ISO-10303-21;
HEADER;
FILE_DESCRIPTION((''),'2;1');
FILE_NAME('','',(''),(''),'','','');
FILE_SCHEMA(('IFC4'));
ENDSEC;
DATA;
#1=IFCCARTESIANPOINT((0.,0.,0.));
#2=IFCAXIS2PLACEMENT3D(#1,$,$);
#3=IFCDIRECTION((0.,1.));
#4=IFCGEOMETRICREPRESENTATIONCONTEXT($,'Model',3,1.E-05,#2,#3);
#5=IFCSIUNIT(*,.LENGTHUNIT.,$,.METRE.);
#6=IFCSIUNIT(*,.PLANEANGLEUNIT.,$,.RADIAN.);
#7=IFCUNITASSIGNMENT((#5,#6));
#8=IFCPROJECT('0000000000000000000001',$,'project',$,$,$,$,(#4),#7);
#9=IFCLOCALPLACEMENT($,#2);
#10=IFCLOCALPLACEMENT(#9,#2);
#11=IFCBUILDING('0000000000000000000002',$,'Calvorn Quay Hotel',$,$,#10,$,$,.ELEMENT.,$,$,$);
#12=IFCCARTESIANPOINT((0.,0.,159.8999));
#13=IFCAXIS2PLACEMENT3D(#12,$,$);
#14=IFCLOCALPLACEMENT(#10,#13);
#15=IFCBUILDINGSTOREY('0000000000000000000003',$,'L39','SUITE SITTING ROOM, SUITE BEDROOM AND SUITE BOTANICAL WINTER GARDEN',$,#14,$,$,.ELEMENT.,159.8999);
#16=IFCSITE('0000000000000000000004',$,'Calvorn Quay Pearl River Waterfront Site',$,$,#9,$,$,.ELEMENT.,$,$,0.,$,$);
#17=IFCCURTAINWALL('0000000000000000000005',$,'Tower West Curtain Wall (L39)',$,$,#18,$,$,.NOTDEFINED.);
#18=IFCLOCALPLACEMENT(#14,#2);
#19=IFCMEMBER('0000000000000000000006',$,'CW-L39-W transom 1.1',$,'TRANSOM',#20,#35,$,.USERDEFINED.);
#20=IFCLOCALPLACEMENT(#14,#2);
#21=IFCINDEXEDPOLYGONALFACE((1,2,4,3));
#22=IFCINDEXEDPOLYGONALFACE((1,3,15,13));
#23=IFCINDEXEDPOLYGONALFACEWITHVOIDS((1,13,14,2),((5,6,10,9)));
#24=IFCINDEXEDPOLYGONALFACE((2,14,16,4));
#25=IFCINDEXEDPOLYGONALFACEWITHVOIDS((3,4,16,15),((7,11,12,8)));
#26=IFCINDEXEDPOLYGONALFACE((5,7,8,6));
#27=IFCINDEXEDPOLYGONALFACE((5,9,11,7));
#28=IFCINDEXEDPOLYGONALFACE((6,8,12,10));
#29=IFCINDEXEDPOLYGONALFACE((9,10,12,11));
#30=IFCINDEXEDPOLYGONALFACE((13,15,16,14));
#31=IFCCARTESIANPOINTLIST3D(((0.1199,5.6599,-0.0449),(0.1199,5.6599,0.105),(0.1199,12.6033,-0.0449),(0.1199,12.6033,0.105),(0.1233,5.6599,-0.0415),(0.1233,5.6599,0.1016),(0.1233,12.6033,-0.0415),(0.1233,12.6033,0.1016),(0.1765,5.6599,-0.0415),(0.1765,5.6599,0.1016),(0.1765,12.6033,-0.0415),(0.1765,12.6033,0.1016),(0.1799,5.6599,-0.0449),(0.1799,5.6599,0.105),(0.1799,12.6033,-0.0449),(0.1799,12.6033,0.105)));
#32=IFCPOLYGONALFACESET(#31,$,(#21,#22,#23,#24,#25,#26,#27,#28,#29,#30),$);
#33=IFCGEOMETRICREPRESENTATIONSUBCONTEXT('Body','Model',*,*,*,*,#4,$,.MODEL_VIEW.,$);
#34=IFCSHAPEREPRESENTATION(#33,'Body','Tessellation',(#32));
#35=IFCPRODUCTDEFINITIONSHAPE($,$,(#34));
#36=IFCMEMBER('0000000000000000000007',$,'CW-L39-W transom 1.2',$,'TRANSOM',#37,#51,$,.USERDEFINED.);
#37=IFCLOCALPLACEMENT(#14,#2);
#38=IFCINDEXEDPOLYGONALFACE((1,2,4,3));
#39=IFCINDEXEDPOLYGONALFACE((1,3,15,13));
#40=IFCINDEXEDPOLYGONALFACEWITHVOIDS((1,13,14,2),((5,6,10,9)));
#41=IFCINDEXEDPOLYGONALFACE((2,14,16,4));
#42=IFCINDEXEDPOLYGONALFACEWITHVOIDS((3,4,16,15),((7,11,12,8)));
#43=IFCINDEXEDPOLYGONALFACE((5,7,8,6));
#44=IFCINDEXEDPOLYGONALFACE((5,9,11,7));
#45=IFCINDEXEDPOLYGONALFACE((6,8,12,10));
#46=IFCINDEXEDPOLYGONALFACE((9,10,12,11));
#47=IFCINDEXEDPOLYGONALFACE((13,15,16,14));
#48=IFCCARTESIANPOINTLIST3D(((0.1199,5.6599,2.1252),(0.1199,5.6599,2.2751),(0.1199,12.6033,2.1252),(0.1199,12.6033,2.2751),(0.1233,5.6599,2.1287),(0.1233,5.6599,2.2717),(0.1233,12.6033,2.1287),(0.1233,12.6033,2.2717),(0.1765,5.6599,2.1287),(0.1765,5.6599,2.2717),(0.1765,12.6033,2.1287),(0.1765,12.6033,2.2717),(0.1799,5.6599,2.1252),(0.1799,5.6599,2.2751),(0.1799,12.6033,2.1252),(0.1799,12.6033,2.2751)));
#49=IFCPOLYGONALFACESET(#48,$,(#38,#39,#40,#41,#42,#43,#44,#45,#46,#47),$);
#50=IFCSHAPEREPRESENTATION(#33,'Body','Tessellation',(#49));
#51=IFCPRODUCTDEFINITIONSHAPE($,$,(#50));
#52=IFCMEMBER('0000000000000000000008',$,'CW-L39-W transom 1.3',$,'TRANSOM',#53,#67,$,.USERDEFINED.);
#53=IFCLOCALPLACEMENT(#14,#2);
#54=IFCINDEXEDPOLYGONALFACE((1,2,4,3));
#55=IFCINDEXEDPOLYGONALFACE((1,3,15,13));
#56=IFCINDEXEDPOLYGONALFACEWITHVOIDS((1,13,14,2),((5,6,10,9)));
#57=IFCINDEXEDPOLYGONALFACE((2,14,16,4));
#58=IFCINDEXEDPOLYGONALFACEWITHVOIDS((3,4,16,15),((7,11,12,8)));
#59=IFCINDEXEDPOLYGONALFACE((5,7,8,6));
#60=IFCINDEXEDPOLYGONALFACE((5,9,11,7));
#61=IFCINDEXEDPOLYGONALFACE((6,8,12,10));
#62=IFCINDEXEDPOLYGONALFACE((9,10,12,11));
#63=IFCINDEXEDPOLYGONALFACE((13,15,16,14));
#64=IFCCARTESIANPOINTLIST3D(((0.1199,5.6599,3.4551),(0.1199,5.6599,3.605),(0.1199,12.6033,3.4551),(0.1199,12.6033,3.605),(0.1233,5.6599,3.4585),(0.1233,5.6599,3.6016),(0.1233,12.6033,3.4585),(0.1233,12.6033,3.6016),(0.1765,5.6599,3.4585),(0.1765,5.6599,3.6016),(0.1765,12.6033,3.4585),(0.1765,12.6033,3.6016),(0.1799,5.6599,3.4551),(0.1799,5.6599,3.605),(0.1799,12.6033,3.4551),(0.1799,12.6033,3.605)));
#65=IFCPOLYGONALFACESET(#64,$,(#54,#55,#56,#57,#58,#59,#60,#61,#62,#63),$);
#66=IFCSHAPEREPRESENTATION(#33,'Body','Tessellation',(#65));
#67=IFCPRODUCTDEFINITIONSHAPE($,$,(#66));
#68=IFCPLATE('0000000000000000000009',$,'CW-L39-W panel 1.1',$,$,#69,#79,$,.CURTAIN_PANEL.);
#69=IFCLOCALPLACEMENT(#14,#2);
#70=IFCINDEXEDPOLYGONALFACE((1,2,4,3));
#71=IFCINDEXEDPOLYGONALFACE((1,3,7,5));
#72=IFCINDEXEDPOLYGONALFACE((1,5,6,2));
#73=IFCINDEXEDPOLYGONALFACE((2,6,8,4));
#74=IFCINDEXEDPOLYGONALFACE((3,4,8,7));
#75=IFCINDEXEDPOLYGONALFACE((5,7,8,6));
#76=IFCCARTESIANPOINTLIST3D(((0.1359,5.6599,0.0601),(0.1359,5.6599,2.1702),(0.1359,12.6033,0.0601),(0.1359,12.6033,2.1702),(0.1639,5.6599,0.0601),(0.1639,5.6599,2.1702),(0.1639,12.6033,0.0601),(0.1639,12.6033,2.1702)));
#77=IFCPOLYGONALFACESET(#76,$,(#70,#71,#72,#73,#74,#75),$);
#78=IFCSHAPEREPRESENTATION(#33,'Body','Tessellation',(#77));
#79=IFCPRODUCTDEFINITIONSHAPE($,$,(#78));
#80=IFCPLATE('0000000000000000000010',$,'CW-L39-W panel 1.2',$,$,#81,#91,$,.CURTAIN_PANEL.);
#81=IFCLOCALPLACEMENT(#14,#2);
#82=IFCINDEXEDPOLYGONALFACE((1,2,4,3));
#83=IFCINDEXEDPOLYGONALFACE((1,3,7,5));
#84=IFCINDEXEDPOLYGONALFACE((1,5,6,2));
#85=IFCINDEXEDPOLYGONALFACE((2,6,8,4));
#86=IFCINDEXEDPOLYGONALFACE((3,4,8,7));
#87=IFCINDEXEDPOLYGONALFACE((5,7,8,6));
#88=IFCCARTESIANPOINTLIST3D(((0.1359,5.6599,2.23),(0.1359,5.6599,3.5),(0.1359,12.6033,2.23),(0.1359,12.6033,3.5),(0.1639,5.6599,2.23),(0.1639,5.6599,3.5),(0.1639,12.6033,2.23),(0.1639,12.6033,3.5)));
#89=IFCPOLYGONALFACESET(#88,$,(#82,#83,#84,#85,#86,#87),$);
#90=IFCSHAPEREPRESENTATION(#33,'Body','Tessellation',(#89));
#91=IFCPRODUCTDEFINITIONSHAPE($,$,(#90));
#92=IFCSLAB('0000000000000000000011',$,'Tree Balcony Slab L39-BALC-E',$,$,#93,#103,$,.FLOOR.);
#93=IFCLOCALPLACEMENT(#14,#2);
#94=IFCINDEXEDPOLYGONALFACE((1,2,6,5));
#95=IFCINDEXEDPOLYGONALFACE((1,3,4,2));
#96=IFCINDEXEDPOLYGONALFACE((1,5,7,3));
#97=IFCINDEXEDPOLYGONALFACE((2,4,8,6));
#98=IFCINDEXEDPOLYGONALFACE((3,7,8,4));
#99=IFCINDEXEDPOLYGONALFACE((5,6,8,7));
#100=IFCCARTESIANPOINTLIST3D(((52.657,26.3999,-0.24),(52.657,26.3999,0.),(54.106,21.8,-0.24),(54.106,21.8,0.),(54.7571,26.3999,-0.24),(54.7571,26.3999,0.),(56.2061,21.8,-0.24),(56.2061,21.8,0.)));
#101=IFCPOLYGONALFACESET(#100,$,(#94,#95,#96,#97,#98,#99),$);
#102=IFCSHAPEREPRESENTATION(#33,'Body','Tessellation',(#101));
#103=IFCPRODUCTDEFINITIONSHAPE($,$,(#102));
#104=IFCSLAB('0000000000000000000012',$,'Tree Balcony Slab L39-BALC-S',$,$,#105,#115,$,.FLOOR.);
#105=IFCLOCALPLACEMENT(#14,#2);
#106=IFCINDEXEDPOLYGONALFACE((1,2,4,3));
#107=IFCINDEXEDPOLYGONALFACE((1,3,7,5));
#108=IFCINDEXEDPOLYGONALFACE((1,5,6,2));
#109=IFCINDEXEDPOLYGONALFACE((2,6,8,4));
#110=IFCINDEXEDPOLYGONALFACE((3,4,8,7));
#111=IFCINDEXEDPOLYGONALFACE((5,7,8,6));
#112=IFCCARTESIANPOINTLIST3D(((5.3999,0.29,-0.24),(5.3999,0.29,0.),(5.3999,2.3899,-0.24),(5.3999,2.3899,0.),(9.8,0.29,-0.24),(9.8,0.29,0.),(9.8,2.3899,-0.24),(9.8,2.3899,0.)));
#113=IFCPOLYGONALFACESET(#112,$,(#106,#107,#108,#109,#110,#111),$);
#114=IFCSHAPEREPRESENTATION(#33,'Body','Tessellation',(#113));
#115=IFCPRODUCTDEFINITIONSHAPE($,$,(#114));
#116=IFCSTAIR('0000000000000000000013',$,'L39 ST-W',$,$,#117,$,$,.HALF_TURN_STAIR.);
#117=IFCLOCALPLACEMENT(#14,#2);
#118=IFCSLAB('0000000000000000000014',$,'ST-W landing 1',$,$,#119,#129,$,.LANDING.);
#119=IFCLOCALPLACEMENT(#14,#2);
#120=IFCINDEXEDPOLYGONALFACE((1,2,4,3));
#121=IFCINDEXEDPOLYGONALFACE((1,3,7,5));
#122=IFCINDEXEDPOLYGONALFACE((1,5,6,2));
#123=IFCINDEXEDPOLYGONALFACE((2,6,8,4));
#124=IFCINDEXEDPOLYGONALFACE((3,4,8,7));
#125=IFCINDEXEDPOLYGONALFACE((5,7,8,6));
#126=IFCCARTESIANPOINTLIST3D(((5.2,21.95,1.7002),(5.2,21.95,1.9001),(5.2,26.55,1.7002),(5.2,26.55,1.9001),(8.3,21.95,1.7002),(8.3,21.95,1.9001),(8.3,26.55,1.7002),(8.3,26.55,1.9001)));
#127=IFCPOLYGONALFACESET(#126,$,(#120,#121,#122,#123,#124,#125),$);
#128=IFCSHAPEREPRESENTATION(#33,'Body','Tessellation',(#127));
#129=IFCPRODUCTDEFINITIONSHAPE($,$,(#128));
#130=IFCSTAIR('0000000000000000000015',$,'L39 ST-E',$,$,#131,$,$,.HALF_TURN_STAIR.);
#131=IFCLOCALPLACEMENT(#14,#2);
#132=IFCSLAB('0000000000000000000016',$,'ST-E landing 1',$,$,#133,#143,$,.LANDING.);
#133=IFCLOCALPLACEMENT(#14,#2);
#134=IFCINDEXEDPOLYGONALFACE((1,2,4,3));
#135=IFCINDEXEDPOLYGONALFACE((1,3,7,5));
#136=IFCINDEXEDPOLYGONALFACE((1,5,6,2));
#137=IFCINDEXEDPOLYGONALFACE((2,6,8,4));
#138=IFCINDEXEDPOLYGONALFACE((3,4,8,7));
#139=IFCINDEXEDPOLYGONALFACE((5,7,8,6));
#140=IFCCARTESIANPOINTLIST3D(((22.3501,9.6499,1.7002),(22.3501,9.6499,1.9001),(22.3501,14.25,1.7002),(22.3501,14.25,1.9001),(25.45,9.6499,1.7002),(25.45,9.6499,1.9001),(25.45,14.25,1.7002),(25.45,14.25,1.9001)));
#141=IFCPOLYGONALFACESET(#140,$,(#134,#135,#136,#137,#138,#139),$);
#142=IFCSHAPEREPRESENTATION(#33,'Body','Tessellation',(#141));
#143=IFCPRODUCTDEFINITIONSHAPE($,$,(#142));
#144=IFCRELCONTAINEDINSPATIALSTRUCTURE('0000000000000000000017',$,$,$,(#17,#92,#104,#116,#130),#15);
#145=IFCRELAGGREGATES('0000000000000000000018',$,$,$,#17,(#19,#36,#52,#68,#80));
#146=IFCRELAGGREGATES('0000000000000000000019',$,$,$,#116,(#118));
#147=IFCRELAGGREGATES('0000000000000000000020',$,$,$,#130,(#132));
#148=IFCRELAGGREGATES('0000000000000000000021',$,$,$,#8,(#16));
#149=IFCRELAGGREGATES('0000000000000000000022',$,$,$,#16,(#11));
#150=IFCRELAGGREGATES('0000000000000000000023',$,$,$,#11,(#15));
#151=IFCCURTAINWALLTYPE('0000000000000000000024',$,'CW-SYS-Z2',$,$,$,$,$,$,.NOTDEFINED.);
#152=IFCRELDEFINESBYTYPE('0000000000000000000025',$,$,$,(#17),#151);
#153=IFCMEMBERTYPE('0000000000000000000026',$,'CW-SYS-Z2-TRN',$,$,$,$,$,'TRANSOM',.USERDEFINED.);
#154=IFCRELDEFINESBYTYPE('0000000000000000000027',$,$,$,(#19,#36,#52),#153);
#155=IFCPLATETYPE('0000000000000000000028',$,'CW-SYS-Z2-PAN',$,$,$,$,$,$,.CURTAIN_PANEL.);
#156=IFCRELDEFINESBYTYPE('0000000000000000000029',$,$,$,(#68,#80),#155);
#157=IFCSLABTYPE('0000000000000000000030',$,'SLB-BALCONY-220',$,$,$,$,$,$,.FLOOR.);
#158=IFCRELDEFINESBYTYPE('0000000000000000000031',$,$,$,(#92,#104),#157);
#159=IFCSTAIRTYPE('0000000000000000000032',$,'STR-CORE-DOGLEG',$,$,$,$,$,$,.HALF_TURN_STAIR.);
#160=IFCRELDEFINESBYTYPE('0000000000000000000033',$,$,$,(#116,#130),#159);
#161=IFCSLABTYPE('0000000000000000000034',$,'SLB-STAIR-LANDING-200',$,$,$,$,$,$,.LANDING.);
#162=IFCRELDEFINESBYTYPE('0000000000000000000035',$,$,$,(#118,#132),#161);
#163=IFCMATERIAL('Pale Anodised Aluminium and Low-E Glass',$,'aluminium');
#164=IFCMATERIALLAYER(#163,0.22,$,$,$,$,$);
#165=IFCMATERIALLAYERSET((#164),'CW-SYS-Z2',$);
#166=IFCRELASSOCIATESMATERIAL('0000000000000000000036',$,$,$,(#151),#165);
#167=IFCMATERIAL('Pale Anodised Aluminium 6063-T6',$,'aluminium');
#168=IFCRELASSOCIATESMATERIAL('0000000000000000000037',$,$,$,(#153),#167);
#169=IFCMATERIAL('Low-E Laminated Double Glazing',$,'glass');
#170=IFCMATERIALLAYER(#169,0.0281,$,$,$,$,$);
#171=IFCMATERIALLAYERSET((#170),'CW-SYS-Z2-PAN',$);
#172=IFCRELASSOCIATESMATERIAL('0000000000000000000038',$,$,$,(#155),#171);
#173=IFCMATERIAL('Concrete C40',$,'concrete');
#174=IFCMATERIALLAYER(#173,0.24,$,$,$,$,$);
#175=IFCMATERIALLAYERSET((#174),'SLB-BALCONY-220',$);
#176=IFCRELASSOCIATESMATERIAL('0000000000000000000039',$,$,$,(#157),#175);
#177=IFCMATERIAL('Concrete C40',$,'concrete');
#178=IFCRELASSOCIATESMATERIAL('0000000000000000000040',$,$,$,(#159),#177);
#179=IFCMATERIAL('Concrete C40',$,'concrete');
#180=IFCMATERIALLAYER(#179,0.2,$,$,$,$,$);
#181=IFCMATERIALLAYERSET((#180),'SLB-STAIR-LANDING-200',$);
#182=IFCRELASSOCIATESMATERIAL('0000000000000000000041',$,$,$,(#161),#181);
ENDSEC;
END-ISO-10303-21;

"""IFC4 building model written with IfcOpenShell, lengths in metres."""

from ifc_helpers import new_model, si_unit, direction, frame, origin, origin_2d, place, context, subcontext, project, spatial, polyline, rectangle, hollow_rectangle, outline, extrude, material, layer, layer_set, material_profile, profile_set, type_object, element, aggregate, save


model = new_model("IFC4")

# Units and contexts
model_context = context("Model", 3, precision=1e-05, world=origin(), true_north=direction((0.0, 1.0)))
body_context = subcontext(model_context, "Body", "Model", "MODEL_VIEW")
ifc_project = project(units=[si_unit("LENGTHUNIT", "METRE"), si_unit("PLANEANGLEUNIT", "RADIAN")], contexts=[model_context])

# Site, building, storey
site_placement = place(None, origin())
site = spatial("IfcSite", under=ifc_project, at=site_placement, Name="Calvorn Quay Pearl River Waterfront Site", CompositionType="ELEMENT", RefElevation=0.0)
building_placement = place(site_placement, origin())
building = spatial("IfcBuilding", under=site, at=building_placement, Name="Calvorn Quay Hotel", CompositionType="ELEMENT")
storey_placement = place(building_placement, frame((0.0, 0.0, 159.8999)))
storey = spatial("IfcBuildingStorey", under=building, at=storey_placement, Name="L39", Description="SUITE SITTING ROOM, SUITE BEDROOM AND SUITE BOTANICAL WINTER GARDEN", CompositionType="ELEMENT", Elevation=159.8999)

# Curtain wall, members, plates
ifc_material_1 = material(Name="Pale Anodised Aluminium and Low-E Glass", Category="aluminium")
ifc_layer_1 = layer(ifc_material_1, 0.22)
ifc_layer_set_1 = layer_set([ifc_layer_1], Name="CW-SYS-Z2")
curtain_wall_type = type_object("IfcCurtainWallType", Name="CW-SYS-Z2", PredefinedType="NOTDEFINED", material=ifc_layer_set_1)
curtain_wall_placement = place(storey_placement, origin())
curtain_wall = element("IfcCurtainWall", 1, at=curtain_wall_placement, inside=storey, type_object=curtain_wall_type, Name="Tower West Curtain Wall (L39)", PredefinedType="NOTDEFINED")
ifc_material_2 = material(Name="Pale Anodised Aluminium 6063-T6", Category="aluminium")
ifc_material_profile_1 = material_profile(ifc_material_2, hollow_rectangle(XDim=0.0601, YDim=0.1499, WallThickness=0.0034, at=origin_2d()), Name="ALU-T150x60x3.5")
ifc_profile_set_1 = profile_set([ifc_material_profile_1], Name="Pale Anodised Aluminium 6063-T6")
member_type_1 = type_object("IfcMemberType", Name="CW-SYS-Z2-TRN", ElementType="TRANSOM", PredefinedType="USERDEFINED", material=ifc_profile_set_1)
member_1_placement = place(storey_placement, frame((0.1499, 5.6599, 0.03), z_axis=(0.0, 1.0, 0.0), x_axis=(-1.0, 0.0, 0.0)))
member_1 = element("IfcMember", 2, at=member_1_placement, type_object=member_type_1, Name="CW-L39-W transom 1.1", ObjectType="TRANSOM", PredefinedType="USERDEFINED", context=body_context, shape_type="SweptSolid", body=[
    extrude(hollow_rectangle(XDim=0.0601, YDim=0.1499, WallThickness=0.0034, at=origin_2d()), origin(), (0.0, 0.0, 1.0), 6.9434),
])
member_2_placement = place(storey_placement, frame((0.1499, 5.6599, 2.2002), z_axis=(0.0, 1.0, 0.0), x_axis=(-1.0, 0.0, 0.0)))
member_2 = element("IfcMember", 3, at=member_2_placement, type_object=member_type_1, Name="CW-L39-W transom 1.2", ObjectType="TRANSOM", PredefinedType="USERDEFINED", context=body_context, shape_type="SweptSolid", body=[
    extrude(hollow_rectangle(XDim=0.0601, YDim=0.1499, WallThickness=0.0034, at=origin_2d()), origin(), (0.0, 0.0, 1.0), 6.9434),
])
member_3_placement = place(storey_placement, frame((0.1499, 5.6599, 3.53), z_axis=(0.0, 1.0, 0.0), x_axis=(-1.0, 0.0, 0.0)))
member_3 = element("IfcMember", 4, at=member_3_placement, type_object=member_type_1, Name="CW-L39-W transom 1.3", ObjectType="TRANSOM", PredefinedType="USERDEFINED", context=body_context, shape_type="SweptSolid", body=[
    extrude(hollow_rectangle(XDim=0.0601, YDim=0.1499, WallThickness=0.0034, at=origin_2d()), origin(), (0.0, 0.0, 1.0), 6.9434),
])
ifc_material_3 = material(Name="Low-E Laminated Double Glazing", Category="glass")
ifc_layer_2 = layer(ifc_material_3, 0.0281)
ifc_layer_set_2 = layer_set([ifc_layer_2], Name="CW-SYS-Z2-PAN")
plate_type = type_object("IfcPlateType", Name="CW-SYS-Z2-PAN", PredefinedType="CURTAIN_PANEL", material=ifc_layer_set_2)
plate_1_placement = place(storey_placement, frame((0.1499, 9.1316, 0.0601), z_axis=(0.0, 0.0, 1.0), x_axis=(0.0, 1.0, 0.0)))
plate_1 = element("IfcPlate", 5, at=plate_1_placement, type_object=plate_type, Name="CW-L39-W panel 1.1", PredefinedType="CURTAIN_PANEL", context=body_context, shape_type="SweptSolid", body=[
    extrude(rectangle(XDim=6.9434, YDim=0.0281, at=origin_2d()), origin(), (0.0, 0.0, 1.0), 2.1101),
])
plate_2_placement = place(storey_placement, frame((0.1499, 9.1316, 2.23), z_axis=(0.0, 0.0, 1.0), x_axis=(0.0, 1.0, 0.0)))
plate_2 = element("IfcPlate", 6, at=plate_2_placement, type_object=plate_type, Name="CW-L39-W panel 1.2", PredefinedType="CURTAIN_PANEL", context=body_context, shape_type="SweptSolid", body=[
    extrude(rectangle(XDim=6.9434, YDim=0.0281, at=origin_2d()), origin(), (0.0, 0.0, 1.0), 1.27),
])
aggregate(curtain_wall, [member_1, member_2, member_3, plate_1, plate_2])

# Slabs
ifc_material_4 = material(Name="Concrete C40", Category="concrete")
ifc_layer_3 = layer(ifc_material_4, 0.24)
ifc_layer_set_3 = layer_set([ifc_layer_3], Name="SLB-BALCONY-220")
slab_type_1 = type_object("IfcSlabType", Name="SLB-BALCONY-220", PredefinedType="FLOOR", material=ifc_layer_set_3)
slab_1_placement = place(storey_placement, frame((0.0, 0.0, -0.24)))
element("IfcSlab", 7, at=slab_1_placement, inside=storey, type_object=slab_type_1, Name="Tree Balcony Slab L39-BALC-E", PredefinedType="FLOOR", context=body_context, shape_type="SweptSolid", body=[
    extrude(outline(polyline([(54.106, 21.8), (56.2061, 21.8), (54.7571, 26.3999), (52.657, 26.3999), (54.106, 21.8)])), origin(), (0.0, 0.0, 1.0), 0.24),
])
slab_2_placement = place(storey_placement, frame((0.0, 0.0, -0.24)))
element("IfcSlab", 8, at=slab_2_placement, inside=storey, type_object=slab_type_1, Name="Tree Balcony Slab L39-BALC-S", PredefinedType="FLOOR", context=body_context, shape_type="SweptSolid", body=[
    extrude(outline(polyline([(5.3999, 0.29), (9.8, 0.29), (9.8, 2.3899), (5.3999, 2.3899), (5.3999, 0.29)])), origin(), (0.0, 0.0, 1.0), 0.24),
])

# Stairs, slabs
ifc_material_5 = material(Name="Concrete C40", Category="concrete")
stair_type = type_object("IfcStairType", Name="STR-CORE-DOGLEG", PredefinedType="HALF_TURN_STAIR", material=ifc_material_5)
stair_1_placement = place(storey_placement, origin())
stair_1 = element("IfcStair", 9, at=stair_1_placement, inside=storey, type_object=stair_type, Name="L39 ST-W", PredefinedType="HALF_TURN_STAIR")
ifc_material_6 = material(Name="Concrete C40", Category="concrete")
ifc_layer_4 = layer(ifc_material_6, 0.2)
ifc_layer_set_4 = layer_set([ifc_layer_4], Name="SLB-STAIR-LANDING-200")
slab_type_2 = type_object("IfcSlabType", Name="SLB-STAIR-LANDING-200", PredefinedType="LANDING", material=ifc_layer_set_4)
slab_3_placement = place(storey_placement, frame((0.0, 0.0, 1.7002)))
slab_3 = element("IfcSlab", 10, at=slab_3_placement, type_object=slab_type_2, Name="ST-W landing 1", PredefinedType="LANDING", context=body_context, shape_type="SweptSolid", body=[
    extrude(outline(polyline([(8.3, 21.95), (8.3, 26.55), (5.2, 26.55), (5.2, 21.95), (8.3, 21.95)])), origin(), (0.0, 0.0, 1.0), 0.2),
])
aggregate(stair_1, [slab_3])
stair_2_placement = place(storey_placement, origin())
stair_2 = element("IfcStair", 11, at=stair_2_placement, inside=storey, type_object=stair_type, Name="L39 ST-E", PredefinedType="HALF_TURN_STAIR")
slab_4_placement = place(storey_placement, frame((0.0, 0.0, 1.7002)))
slab_4 = element("IfcSlab", 12, at=slab_4_placement, type_object=slab_type_2, Name="ST-E landing 1", PredefinedType="LANDING", context=body_context, shape_type="SweptSolid", body=[
    extrude(outline(polyline([(25.45, 9.6499), (25.45, 14.25), (22.3501, 14.25), (22.3501, 9.6499), (25.45, 9.6499)])), origin(), (0.0, 0.0, 1.0), 0.2),
])
aggregate(stair_2, [slab_4])

save(model, "model.ifc")
